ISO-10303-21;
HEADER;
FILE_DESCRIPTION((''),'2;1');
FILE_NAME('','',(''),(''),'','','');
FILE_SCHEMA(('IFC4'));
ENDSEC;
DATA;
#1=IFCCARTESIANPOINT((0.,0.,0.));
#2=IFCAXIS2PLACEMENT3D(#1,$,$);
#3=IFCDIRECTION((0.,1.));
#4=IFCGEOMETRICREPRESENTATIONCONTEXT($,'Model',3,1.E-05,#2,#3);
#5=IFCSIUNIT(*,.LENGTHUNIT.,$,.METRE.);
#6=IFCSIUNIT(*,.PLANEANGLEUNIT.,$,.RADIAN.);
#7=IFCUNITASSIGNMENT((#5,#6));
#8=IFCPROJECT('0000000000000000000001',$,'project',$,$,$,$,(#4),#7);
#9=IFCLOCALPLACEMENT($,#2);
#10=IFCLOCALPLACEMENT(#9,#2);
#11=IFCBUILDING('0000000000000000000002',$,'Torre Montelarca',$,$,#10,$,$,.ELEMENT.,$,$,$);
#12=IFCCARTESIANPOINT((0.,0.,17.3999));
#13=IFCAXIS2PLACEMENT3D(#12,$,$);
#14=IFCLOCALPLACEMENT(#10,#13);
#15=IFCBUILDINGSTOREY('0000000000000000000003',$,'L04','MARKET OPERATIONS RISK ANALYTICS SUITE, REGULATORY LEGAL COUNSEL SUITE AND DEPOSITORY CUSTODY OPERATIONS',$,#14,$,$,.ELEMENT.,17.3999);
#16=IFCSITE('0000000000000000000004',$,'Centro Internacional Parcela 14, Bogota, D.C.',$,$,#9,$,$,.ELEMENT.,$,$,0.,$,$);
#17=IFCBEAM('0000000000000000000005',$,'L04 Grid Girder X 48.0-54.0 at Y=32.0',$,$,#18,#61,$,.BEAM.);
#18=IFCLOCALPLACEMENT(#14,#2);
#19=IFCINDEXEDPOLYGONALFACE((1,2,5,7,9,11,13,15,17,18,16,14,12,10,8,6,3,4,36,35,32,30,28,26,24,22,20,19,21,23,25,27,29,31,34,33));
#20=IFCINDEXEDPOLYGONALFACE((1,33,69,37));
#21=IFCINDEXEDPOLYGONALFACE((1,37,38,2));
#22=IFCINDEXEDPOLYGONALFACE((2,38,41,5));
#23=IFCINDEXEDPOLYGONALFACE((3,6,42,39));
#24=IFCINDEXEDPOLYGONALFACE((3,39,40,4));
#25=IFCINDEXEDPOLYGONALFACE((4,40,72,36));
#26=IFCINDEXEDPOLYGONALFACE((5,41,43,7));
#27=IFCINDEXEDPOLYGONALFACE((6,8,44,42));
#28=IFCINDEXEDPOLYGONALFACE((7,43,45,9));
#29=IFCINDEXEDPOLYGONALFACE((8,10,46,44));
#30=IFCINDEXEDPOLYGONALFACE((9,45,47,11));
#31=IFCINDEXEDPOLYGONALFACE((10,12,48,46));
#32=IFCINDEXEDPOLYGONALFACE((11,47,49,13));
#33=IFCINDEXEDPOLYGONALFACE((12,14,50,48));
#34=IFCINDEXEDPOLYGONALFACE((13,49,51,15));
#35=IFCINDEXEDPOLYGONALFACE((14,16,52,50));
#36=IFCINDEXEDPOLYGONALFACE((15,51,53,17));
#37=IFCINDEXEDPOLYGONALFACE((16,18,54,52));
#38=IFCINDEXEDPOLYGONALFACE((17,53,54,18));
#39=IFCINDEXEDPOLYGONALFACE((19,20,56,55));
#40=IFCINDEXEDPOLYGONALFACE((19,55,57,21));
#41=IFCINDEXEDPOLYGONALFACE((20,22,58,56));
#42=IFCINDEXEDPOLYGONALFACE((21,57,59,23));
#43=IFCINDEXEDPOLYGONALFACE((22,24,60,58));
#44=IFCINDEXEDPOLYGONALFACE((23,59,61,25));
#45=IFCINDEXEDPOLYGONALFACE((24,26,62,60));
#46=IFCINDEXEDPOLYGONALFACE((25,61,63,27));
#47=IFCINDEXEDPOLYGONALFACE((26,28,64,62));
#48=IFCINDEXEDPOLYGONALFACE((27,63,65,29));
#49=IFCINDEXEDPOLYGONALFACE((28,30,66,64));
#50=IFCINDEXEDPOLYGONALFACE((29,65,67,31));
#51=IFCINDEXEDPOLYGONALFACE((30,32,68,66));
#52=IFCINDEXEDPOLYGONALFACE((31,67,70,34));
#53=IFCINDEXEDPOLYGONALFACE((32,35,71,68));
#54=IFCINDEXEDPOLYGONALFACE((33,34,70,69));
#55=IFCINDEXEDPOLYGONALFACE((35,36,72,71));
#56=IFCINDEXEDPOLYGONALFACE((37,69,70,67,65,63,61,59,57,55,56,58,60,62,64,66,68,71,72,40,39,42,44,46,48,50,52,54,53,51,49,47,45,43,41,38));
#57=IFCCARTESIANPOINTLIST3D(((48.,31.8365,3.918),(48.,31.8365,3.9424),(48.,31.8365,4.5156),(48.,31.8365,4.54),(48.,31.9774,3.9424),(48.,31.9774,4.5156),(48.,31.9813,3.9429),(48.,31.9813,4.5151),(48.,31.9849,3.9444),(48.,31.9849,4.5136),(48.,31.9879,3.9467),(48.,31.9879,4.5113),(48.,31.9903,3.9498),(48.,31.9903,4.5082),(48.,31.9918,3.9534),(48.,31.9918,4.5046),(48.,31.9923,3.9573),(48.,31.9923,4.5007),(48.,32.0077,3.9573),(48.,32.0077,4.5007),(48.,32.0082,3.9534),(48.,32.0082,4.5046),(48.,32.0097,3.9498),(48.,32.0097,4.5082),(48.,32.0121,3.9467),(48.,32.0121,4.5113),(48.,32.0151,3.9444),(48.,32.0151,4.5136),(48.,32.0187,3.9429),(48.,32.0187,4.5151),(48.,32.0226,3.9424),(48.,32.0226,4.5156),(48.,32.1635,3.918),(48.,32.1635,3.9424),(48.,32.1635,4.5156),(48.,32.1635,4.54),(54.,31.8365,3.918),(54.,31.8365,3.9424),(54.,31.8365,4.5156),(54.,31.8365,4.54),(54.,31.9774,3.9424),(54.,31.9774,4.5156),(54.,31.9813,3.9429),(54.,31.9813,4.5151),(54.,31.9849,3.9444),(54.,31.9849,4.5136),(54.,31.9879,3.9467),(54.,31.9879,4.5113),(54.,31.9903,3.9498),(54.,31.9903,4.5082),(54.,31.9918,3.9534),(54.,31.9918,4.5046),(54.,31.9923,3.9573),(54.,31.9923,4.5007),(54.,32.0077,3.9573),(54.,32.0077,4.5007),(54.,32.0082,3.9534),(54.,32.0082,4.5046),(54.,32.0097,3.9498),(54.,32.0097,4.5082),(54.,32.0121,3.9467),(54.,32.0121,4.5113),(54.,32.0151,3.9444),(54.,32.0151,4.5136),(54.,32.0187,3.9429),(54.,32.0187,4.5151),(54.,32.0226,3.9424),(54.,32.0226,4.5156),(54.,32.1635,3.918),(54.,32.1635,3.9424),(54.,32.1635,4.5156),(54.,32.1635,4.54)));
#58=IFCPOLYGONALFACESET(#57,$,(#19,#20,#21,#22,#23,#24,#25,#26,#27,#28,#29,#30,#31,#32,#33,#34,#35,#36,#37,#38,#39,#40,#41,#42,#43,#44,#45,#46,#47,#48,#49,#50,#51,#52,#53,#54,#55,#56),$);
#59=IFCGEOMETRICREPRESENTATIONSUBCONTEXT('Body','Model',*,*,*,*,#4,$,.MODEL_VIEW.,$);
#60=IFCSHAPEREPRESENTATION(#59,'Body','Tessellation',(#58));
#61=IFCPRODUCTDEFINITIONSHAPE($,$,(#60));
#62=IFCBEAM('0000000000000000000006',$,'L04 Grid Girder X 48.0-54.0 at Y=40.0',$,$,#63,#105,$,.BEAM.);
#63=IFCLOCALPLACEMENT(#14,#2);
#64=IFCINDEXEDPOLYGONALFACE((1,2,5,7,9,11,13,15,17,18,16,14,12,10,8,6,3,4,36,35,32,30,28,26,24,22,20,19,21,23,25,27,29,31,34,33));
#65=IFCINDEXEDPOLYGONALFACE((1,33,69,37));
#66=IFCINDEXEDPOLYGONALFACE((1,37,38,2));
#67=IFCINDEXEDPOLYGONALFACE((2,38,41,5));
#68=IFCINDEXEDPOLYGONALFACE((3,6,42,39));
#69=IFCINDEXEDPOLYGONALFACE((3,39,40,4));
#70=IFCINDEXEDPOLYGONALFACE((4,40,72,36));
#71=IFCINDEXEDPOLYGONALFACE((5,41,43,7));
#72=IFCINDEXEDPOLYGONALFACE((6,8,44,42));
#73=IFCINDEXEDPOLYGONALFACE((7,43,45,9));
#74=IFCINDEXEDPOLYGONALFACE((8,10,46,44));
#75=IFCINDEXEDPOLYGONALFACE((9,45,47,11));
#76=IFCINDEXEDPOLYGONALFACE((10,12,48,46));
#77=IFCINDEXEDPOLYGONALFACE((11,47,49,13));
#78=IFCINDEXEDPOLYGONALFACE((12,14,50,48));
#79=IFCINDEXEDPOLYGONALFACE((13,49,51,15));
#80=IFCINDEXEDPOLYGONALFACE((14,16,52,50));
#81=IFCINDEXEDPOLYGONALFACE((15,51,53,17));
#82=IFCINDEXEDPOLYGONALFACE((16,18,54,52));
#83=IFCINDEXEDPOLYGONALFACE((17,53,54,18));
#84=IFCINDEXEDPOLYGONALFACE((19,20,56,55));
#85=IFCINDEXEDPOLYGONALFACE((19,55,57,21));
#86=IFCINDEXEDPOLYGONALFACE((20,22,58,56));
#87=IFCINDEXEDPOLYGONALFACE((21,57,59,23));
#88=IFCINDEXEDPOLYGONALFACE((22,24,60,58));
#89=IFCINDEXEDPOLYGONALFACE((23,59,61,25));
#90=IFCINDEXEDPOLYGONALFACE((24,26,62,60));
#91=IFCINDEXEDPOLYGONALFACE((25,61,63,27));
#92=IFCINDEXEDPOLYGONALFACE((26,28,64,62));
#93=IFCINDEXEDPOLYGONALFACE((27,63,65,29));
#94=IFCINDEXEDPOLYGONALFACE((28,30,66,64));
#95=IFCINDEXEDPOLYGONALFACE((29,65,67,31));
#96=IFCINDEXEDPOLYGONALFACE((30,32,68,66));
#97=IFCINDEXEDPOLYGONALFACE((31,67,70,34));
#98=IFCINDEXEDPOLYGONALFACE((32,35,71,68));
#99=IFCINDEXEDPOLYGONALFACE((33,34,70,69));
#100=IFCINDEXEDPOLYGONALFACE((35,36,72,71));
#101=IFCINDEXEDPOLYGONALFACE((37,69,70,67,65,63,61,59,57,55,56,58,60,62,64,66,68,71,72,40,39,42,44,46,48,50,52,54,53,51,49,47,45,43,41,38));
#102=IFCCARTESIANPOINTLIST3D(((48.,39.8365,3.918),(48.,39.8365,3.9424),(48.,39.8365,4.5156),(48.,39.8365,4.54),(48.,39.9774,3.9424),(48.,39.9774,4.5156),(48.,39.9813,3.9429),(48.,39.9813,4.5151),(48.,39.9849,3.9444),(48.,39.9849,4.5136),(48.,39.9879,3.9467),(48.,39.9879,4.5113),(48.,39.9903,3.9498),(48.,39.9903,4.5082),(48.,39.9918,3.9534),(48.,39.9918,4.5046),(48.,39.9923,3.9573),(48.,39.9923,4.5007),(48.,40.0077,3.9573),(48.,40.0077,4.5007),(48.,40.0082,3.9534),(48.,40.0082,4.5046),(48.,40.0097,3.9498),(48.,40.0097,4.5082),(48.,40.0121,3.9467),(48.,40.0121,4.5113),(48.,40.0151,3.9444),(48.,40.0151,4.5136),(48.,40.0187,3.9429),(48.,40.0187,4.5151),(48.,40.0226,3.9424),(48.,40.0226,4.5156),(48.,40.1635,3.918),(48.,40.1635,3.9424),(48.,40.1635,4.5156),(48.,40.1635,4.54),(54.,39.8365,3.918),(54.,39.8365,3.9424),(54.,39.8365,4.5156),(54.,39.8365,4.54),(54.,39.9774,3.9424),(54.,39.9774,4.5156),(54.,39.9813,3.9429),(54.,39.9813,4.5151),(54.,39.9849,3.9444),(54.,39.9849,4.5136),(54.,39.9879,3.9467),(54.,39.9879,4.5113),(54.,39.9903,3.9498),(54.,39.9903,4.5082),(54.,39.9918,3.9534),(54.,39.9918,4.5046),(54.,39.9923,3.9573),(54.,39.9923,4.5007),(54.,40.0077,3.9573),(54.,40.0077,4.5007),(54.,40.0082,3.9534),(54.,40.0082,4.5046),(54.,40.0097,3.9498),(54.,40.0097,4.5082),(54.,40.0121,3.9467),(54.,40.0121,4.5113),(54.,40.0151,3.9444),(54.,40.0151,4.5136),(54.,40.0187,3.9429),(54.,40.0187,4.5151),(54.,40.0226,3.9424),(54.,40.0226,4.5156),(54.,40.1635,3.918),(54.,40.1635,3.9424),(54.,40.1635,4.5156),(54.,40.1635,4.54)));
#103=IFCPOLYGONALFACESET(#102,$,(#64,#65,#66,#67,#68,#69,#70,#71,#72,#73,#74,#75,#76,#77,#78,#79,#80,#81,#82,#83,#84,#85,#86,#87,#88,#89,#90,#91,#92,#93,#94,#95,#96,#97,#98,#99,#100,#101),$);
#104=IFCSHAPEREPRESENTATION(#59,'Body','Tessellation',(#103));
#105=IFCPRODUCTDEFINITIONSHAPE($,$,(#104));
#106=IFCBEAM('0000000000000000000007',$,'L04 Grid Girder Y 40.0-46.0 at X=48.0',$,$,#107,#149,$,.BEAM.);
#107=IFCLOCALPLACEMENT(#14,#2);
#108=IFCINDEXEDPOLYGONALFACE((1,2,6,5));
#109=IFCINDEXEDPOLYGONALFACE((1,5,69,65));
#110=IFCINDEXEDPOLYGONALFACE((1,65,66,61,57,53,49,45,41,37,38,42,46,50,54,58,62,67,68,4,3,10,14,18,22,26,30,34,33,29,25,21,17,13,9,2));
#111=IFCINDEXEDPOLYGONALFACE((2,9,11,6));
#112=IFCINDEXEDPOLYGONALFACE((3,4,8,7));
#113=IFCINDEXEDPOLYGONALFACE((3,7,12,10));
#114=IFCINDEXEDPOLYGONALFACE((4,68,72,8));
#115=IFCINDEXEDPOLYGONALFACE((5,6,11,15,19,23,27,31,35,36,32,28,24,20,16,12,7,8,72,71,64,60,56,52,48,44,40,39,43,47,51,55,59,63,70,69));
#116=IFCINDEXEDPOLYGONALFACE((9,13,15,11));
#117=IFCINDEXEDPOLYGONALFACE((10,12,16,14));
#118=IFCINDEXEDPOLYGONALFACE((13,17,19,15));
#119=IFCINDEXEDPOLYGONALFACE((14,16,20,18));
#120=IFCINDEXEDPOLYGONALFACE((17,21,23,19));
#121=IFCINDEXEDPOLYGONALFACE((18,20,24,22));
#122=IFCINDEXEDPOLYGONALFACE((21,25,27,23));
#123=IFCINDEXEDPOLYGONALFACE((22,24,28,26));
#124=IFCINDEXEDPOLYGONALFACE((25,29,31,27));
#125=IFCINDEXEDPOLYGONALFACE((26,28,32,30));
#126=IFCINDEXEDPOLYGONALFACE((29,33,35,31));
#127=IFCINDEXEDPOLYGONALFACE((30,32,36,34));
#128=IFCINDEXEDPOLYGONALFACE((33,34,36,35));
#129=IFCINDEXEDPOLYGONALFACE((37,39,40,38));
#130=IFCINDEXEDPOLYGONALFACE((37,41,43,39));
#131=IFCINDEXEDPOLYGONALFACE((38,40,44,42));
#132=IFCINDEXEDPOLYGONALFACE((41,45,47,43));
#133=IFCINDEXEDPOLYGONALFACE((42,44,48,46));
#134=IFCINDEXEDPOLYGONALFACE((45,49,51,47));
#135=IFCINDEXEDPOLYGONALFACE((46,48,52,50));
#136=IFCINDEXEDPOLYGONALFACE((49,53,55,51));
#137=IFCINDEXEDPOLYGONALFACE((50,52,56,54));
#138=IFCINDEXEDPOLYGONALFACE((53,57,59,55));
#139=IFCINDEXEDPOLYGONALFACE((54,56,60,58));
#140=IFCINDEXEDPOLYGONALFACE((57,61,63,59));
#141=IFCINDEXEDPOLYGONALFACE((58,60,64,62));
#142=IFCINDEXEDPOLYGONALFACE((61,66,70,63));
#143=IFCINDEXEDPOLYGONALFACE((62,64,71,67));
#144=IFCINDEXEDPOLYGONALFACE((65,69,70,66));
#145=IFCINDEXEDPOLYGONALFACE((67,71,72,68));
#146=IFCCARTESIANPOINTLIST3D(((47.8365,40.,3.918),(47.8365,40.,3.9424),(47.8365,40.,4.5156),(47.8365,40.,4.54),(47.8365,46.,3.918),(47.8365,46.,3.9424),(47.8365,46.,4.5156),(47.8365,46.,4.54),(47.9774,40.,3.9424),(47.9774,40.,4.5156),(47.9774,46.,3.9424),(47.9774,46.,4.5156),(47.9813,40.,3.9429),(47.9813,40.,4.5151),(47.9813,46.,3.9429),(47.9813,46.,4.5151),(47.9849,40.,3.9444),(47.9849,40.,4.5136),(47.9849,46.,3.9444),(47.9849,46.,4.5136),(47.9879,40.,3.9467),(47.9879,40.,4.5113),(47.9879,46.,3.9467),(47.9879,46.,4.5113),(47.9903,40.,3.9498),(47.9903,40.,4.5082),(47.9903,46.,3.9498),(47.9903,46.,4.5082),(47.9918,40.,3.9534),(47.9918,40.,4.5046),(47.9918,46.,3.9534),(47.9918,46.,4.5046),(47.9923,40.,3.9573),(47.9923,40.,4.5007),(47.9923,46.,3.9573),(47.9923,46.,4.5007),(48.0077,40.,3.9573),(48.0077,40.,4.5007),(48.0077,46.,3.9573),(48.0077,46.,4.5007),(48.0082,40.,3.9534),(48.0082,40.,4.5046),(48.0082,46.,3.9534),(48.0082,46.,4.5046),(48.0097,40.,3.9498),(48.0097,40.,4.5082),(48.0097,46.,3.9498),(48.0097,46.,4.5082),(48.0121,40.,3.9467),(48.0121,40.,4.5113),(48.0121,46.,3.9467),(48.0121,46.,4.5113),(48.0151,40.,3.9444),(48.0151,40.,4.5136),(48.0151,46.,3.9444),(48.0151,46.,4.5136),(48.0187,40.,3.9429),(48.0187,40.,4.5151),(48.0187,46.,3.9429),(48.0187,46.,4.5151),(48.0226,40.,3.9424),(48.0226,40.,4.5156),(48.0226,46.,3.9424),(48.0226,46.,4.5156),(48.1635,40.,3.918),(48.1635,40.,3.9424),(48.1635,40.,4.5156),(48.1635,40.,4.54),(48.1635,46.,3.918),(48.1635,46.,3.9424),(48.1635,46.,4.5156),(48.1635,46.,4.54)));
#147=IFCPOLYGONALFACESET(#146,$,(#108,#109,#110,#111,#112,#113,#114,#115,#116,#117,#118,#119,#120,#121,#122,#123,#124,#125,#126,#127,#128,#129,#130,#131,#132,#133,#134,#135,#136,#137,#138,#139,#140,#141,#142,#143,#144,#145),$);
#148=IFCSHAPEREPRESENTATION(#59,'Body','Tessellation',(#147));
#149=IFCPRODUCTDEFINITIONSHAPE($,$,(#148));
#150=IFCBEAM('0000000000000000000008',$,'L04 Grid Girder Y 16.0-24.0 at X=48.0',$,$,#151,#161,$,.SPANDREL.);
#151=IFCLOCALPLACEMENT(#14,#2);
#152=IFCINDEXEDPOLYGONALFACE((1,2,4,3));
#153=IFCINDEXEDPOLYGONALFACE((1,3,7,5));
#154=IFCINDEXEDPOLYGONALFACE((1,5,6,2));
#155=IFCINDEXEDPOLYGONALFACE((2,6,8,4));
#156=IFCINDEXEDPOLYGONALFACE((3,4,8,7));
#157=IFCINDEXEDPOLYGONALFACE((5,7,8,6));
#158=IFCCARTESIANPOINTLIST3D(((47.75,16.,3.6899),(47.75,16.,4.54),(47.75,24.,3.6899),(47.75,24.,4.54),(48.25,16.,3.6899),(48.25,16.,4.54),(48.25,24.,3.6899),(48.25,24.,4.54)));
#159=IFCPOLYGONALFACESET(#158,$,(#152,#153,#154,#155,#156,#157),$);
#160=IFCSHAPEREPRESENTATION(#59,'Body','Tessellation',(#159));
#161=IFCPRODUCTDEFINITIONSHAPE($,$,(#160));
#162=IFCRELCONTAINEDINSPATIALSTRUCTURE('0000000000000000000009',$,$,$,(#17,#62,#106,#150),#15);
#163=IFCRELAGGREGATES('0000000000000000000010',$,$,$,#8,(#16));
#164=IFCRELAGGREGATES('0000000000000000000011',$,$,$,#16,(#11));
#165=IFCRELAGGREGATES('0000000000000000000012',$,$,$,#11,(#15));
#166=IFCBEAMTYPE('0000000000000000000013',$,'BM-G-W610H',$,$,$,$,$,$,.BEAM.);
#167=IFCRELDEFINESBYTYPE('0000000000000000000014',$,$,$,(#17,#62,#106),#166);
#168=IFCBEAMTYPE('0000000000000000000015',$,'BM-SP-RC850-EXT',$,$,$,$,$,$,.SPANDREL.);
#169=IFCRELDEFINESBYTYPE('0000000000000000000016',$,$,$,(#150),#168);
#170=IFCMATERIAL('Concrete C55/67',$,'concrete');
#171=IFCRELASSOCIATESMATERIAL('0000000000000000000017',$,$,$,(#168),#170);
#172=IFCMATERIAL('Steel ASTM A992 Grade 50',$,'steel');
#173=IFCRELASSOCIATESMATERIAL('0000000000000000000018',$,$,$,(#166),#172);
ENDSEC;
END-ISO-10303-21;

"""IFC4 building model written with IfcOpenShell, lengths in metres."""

from ifc_helpers import new_model, si_unit, direction, frame, origin, origin_2d, place, context, subcontext, project, spatial, rectangle, i_section, extrude, source, transform, mapped, material, material_profile, profile_set, type_object, element, save


model = new_model("IFC4")

# Units and contexts
model_context = context("Model", 3, precision=1e-05, world=origin(), true_north=direction((0.0, 1.0)))
body_context = subcontext(model_context, "Body", "Model", "MODEL_VIEW")
ifc_project = project(units=[si_unit("LENGTHUNIT", "METRE"), si_unit("PLANEANGLEUNIT", "RADIAN")], contexts=[model_context])

# Site, building, storey
site_placement = place(None, origin())
site = spatial("IfcSite", under=ifc_project, at=site_placement, Name="Centro Internacional Parcela 14, Bogota, D.C.", CompositionType="ELEMENT", RefElevation=0.0)
building_placement = place(site_placement, origin())
building = spatial("IfcBuilding", under=site, at=building_placement, Name="Torre Montelarca", CompositionType="ELEMENT")
storey_placement = place(building_placement, frame((0.0, 0.0, 17.3999)))
storey = spatial("IfcBuildingStorey", under=building, at=storey_placement, Name="L04", Description="MARKET OPERATIONS RISK ANALYTICS SUITE, REGULATORY LEGAL COUNSEL SUITE AND DEPOSITORY CUSTODY OPERATIONS", CompositionType="ELEMENT", Elevation=17.3999)

# Beams
ifc_material_1 = material(Name="Concrete C55/67", Category="concrete")
ifc_material_profile_1 = material_profile(ifc_material_1, rectangle(XDim=0.5, YDim=0.8501, at=origin_2d()), Name="RCB500X850", Category="concrete")
ifc_profile_set_1 = profile_set([ifc_material_profile_1], Name="Concrete C55/67")
beam_type_1 = type_object("IfcBeamType", Name="BM-SP-RC850-EXT", PredefinedType="SPANDREL", material=ifc_profile_set_1)
ifc_material_2 = material(Name="Steel ASTM A992 Grade 50", Category="steel")
ifc_material_profile_2 = material_profile(ifc_material_2, i_section(OverallWidth=0.3269, OverallDepth=0.6221, WebThickness=0.0154, FlangeThickness=0.0244, FilletRadius=0.0149, at=origin_2d()), Name="W610X195", Category="steel")
ifc_profile_set_2 = profile_set([ifc_material_profile_2], Name="Steel ASTM A992 Grade 50")
beam_type_2 = type_object("IfcBeamType", Name="BM-G-W610H", PredefinedType="BEAM", material=ifc_profile_set_2)
shared_shape_1 = source(origin(), body_context, "Body", "SweptSolid", [
    extrude(i_section(OverallWidth=0.3269, OverallDepth=0.6221, WebThickness=0.0154, FlangeThickness=0.0244, FilletRadius=0.0149, at=origin_2d()), origin(), (0.0, 0.0, 1.0), 6.0),
])
for number, where, z_axis, x_axis, name in (
    (1, (48.0, 32.0, 4.229), (1.0, 0.0, 0.0), (0.0, 1.0, 0.0), "L04 Grid Girder X 48.0-54.0 at Y=32.0"),
    (2, (48.0, 40.0, 4.229), (1.0, 0.0, 0.0), (0.0, 1.0, 0.0), "L04 Grid Girder X 48.0-54.0 at Y=40.0"),
    (3, (48.0, 40.0, 4.229), (0.0, 1.0, 0.0), (-1.0, 0.0, 0.0), "L04 Grid Girder Y 40.0-46.0 at X=48.0"),
):
    element("IfcBeam", number, at=place(storey_placement, frame(where, z_axis=z_axis, x_axis=x_axis)), inside=storey, type_object=beam_type_2, Name=name, PredefinedType="BEAM", context=body_context, shape_type="MappedRepresentation", body=[
        mapped(shared_shape_1, transform((0.0, 0.0, 0.0), scale=1.0)),
    ])
shared_shape_2 = source(origin(), body_context, "Body", "SweptSolid", [
    extrude(rectangle(XDim=0.5, YDim=0.8501, at=origin_2d()), origin(), (0.0, 0.0, 1.0), 8.0),
])
beam_1_placement = place(storey_placement, frame((48.0, 16.0, 4.115), z_axis=(0.0, 1.0, 0.0), x_axis=(-1.0, 0.0, 0.0)))
element("IfcBeam", 4, at=beam_1_placement, inside=storey, type_object=beam_type_1, Name="L04 Grid Girder Y 16.0-24.0 at X=48.0", PredefinedType="SPANDREL", context=body_context, shape_type="MappedRepresentation", body=[
    mapped(shared_shape_2, transform((0.0, 0.0, 0.0), scale=1.0)),
])

save(model, "model.ifc")
